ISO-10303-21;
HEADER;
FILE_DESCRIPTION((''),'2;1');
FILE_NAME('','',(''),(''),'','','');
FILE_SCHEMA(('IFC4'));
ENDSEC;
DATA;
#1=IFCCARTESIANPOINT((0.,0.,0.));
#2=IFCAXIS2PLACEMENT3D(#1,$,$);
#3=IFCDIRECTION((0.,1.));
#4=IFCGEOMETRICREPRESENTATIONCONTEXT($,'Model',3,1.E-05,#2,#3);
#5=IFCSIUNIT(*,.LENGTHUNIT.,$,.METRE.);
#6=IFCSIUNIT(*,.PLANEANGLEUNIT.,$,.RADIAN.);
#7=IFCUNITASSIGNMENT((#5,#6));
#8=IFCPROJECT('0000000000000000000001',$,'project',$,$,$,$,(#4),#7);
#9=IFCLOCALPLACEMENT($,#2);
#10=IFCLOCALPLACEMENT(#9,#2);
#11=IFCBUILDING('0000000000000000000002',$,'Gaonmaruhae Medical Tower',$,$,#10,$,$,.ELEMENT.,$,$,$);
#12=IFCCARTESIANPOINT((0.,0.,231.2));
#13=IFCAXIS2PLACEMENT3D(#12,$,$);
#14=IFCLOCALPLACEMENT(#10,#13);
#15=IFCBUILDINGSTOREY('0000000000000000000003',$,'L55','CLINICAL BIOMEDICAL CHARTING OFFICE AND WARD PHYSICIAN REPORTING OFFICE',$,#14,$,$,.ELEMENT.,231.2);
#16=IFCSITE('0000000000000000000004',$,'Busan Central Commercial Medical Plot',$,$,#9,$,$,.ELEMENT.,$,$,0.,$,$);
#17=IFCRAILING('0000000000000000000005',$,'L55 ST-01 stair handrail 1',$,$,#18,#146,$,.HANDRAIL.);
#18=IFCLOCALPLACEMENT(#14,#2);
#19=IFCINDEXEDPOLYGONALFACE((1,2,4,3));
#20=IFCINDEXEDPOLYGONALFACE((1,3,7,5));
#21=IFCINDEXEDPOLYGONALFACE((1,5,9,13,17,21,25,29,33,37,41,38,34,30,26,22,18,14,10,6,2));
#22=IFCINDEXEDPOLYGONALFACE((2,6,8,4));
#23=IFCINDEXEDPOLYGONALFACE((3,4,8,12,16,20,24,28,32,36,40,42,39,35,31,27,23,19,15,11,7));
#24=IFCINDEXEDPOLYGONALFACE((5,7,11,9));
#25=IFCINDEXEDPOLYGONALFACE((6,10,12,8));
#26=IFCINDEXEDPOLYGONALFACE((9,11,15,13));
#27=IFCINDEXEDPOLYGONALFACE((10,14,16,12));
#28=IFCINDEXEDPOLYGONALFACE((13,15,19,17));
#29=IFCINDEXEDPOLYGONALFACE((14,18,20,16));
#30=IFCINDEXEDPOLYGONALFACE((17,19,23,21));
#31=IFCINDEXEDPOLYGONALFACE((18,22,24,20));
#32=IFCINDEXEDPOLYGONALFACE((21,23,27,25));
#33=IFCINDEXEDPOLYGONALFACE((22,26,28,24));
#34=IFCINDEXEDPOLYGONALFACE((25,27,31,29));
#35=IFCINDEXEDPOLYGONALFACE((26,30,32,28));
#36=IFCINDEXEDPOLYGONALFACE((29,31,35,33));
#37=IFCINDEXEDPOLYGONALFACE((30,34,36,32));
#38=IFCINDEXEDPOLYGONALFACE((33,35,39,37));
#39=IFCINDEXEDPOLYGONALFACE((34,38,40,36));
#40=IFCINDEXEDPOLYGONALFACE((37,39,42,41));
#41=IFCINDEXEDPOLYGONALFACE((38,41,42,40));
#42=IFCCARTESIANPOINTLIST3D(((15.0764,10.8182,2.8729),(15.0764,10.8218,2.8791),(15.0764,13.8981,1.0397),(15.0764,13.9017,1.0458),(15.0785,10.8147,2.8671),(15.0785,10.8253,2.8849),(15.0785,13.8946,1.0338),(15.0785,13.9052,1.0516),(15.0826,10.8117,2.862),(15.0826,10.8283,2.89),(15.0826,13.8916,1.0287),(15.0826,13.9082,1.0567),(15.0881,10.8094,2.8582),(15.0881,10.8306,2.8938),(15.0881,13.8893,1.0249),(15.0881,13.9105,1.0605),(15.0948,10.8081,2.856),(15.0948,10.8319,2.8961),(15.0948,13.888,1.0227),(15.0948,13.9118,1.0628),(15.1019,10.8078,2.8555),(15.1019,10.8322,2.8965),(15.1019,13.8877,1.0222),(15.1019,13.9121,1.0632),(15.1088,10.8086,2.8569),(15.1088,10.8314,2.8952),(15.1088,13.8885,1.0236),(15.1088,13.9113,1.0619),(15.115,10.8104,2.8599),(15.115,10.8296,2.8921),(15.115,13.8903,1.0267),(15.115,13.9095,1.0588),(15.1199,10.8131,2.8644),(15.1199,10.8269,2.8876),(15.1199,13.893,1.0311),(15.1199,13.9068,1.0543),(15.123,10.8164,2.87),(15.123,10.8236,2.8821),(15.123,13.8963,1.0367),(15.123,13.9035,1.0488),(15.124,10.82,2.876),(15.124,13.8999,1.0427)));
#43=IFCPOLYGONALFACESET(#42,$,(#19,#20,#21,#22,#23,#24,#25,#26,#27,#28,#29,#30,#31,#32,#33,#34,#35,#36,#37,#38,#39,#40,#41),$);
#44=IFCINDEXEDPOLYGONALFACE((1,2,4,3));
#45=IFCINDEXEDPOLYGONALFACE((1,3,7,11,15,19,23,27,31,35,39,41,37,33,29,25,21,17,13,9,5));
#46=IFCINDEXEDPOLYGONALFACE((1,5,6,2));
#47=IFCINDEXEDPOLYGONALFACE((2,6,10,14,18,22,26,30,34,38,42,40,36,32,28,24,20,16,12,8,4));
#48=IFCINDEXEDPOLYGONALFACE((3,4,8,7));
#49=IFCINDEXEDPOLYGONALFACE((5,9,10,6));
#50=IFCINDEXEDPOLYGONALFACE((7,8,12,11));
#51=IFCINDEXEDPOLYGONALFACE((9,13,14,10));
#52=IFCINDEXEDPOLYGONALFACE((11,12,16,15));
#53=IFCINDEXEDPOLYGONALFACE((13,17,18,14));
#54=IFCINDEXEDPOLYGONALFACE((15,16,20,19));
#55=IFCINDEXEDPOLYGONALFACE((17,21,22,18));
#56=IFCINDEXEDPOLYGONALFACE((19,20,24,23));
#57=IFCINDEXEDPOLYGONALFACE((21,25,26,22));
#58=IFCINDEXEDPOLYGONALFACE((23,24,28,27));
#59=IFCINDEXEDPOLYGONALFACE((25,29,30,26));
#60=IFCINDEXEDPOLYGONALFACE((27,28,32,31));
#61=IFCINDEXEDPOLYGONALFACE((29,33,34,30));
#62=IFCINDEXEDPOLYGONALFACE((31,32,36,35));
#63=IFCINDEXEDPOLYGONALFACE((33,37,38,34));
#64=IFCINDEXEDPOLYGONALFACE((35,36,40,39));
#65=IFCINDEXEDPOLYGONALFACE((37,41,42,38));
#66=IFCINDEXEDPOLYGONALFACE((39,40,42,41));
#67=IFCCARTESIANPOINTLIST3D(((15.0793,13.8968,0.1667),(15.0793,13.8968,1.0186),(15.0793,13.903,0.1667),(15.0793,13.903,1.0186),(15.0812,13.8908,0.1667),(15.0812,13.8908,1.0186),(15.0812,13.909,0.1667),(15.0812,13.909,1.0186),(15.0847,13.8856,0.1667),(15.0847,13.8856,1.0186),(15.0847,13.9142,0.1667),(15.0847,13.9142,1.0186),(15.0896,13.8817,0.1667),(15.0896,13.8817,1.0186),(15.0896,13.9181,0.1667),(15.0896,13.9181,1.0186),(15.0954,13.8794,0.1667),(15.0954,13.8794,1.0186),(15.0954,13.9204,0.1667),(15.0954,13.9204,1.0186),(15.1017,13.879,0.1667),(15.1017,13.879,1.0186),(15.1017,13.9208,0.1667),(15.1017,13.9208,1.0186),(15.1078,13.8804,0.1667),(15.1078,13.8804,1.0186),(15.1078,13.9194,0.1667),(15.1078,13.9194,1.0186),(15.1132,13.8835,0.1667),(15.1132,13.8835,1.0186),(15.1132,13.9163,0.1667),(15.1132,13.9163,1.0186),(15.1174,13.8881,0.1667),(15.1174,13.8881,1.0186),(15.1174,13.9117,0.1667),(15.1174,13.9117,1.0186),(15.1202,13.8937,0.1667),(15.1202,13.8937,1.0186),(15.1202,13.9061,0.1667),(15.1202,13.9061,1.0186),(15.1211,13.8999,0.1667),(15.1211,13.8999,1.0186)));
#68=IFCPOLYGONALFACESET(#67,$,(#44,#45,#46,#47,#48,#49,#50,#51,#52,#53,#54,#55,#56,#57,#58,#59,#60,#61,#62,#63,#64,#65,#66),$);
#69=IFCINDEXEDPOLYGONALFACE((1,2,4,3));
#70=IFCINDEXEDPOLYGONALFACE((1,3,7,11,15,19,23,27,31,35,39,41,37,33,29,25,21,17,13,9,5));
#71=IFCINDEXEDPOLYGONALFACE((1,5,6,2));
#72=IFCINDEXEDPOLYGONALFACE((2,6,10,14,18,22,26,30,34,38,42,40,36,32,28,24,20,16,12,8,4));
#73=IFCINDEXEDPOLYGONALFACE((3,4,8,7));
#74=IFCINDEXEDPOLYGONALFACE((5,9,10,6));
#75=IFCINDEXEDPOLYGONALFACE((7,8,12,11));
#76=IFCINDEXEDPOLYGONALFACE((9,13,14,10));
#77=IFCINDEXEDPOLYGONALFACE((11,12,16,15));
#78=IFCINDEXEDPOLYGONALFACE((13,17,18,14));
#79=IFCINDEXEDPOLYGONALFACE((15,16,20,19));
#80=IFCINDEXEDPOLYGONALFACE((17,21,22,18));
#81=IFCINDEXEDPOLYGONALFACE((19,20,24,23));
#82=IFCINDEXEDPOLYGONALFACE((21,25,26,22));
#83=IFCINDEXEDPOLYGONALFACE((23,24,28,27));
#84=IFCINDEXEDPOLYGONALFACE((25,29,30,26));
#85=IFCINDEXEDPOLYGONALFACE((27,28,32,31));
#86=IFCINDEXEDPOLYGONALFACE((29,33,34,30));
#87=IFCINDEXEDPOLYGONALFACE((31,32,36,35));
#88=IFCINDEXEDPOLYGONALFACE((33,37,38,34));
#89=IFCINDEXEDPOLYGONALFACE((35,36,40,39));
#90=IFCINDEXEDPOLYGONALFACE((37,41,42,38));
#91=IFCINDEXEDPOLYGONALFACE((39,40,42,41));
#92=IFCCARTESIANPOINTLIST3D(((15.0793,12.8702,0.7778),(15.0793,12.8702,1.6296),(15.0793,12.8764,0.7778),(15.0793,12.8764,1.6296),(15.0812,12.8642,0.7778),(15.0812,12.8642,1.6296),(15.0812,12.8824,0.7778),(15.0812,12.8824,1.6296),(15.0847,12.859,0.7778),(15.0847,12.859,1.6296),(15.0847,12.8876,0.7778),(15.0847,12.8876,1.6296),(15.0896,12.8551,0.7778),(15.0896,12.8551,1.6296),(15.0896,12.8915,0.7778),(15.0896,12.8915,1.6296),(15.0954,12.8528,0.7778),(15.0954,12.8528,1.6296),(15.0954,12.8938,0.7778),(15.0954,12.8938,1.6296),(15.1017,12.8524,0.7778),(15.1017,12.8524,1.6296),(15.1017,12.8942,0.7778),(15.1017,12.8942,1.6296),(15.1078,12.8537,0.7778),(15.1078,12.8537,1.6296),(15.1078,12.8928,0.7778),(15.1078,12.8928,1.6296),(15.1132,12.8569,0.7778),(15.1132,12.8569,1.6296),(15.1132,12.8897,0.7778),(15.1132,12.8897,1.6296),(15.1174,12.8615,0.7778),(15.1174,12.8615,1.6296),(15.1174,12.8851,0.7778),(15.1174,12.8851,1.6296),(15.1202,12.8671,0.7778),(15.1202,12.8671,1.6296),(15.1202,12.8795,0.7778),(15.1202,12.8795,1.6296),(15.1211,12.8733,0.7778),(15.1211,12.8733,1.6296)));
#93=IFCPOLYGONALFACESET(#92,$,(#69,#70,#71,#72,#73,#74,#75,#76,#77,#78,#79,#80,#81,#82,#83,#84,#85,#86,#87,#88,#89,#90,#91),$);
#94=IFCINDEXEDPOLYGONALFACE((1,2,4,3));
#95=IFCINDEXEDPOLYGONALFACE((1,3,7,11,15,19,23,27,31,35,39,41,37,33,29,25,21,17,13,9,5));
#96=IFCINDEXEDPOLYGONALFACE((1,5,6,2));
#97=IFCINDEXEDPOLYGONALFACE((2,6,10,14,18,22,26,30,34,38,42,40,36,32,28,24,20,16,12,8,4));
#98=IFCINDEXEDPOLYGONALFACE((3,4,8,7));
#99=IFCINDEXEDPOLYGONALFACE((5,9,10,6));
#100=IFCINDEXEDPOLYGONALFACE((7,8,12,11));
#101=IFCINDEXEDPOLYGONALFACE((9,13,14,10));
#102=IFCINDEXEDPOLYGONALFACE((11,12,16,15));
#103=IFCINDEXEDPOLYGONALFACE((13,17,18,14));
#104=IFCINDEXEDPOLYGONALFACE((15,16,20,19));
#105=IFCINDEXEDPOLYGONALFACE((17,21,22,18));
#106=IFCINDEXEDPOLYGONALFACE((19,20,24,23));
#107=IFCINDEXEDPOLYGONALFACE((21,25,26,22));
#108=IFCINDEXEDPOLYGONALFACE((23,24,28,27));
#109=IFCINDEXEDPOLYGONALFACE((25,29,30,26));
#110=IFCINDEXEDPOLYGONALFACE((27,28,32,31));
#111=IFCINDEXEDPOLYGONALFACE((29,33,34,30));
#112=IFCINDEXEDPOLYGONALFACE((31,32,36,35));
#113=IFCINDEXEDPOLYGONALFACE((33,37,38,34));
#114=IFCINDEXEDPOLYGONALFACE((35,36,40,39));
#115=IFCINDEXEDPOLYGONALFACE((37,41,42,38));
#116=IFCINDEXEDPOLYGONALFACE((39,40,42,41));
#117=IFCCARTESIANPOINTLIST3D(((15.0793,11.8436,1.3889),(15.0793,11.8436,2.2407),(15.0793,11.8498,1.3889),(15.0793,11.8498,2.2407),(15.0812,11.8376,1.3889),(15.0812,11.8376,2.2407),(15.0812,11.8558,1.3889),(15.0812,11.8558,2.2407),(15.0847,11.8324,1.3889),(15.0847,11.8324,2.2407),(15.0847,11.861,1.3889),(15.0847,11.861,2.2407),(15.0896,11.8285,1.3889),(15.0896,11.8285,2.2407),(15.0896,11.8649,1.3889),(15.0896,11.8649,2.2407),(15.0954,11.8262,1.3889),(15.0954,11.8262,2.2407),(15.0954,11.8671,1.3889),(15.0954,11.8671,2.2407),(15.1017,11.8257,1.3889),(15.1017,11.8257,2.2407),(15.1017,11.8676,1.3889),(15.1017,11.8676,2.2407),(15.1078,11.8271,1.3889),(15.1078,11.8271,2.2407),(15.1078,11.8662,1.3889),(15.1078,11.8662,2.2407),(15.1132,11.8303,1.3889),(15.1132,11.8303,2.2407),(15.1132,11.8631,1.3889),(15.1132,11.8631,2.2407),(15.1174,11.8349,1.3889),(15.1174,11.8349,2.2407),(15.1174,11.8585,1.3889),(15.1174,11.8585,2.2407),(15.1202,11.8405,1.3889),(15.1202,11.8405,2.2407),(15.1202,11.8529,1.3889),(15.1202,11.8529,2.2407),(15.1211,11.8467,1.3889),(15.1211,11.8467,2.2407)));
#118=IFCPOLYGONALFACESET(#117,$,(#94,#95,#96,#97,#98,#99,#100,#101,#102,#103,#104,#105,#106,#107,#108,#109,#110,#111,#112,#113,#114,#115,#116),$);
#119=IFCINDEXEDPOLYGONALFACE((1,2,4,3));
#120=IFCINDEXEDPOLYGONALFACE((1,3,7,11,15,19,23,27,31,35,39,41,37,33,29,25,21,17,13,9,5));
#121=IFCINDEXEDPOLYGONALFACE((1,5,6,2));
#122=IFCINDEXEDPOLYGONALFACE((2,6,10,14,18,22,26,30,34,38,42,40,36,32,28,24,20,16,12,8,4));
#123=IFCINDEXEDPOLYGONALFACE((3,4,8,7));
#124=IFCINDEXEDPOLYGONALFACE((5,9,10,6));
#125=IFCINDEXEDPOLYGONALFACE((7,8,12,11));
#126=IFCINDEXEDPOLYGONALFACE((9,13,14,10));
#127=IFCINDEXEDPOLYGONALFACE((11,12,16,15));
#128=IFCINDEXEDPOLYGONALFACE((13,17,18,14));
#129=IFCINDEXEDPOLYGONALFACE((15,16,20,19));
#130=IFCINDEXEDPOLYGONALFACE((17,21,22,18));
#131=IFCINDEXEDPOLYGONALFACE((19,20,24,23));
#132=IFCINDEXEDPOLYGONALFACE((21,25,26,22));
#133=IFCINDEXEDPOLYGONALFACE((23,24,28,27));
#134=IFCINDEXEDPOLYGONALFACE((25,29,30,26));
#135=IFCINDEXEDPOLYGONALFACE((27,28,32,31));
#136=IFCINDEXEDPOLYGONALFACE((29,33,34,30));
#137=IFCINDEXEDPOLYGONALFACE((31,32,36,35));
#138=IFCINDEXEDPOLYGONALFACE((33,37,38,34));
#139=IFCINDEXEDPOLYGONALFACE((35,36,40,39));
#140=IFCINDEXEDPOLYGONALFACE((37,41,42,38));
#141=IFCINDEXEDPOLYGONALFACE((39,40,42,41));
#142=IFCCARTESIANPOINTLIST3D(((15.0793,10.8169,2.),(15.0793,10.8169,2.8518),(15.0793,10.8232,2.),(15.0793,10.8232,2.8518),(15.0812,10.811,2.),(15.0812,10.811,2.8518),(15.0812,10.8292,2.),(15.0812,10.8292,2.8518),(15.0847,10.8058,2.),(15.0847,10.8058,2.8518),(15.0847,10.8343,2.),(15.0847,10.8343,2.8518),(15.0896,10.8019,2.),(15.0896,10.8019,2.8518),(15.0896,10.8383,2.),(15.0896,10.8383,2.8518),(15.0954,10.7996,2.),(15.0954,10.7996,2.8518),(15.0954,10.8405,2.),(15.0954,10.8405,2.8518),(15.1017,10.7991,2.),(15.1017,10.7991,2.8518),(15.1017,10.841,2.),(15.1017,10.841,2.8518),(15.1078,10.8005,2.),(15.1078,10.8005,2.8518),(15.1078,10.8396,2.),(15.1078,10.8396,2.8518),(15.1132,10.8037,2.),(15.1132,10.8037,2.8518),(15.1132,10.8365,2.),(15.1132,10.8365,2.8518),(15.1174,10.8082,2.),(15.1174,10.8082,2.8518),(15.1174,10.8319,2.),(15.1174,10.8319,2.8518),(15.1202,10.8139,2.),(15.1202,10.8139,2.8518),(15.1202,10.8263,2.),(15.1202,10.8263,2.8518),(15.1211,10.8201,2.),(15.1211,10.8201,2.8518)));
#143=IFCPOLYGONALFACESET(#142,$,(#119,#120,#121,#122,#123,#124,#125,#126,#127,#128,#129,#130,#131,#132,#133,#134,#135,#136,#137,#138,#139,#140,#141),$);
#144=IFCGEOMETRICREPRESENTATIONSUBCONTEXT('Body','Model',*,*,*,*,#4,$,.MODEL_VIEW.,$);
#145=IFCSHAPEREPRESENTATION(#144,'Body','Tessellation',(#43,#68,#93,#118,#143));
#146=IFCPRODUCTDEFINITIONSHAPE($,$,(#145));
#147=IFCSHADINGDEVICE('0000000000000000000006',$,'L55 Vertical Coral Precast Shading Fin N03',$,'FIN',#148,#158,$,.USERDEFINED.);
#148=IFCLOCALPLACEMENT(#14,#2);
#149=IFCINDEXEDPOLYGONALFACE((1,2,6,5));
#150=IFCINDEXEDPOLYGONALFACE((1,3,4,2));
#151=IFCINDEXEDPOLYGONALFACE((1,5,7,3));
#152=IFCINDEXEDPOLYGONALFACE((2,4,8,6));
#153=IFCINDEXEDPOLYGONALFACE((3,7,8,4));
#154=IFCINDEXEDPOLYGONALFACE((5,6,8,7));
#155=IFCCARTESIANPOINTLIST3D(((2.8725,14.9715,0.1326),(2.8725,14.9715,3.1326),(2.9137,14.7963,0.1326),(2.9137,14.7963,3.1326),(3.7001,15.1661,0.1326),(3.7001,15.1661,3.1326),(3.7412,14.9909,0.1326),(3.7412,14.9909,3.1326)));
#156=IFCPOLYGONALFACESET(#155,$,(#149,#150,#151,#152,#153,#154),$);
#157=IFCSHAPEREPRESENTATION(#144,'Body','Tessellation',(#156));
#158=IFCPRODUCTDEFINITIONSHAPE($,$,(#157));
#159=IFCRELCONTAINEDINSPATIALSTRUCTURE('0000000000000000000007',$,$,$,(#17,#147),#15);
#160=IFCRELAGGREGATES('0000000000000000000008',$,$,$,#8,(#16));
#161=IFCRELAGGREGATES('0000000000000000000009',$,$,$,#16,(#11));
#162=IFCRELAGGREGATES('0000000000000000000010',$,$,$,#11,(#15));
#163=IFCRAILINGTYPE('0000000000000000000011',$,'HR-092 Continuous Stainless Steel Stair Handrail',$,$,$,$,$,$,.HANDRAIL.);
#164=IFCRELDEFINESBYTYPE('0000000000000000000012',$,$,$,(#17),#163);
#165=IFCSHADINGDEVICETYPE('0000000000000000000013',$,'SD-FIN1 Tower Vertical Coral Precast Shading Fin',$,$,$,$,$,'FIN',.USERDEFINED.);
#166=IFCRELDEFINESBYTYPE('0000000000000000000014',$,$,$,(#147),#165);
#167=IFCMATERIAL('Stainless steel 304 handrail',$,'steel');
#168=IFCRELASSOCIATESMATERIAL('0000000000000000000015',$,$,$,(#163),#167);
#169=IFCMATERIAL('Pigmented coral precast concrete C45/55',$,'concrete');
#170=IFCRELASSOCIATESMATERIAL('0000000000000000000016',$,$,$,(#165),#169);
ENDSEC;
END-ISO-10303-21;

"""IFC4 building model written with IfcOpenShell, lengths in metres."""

from ifc_helpers import new_model, si_unit, direction, frame, origin, origin_2d, place, context, subcontext, project, spatial, rectangle, circle, extrude, material, type_object, element, save


model = new_model("IFC4")

# Units and contexts
model_context = context("Model", 3, precision=1e-05, world=origin(), true_north=direction((0.0, 1.0)))
body_context = subcontext(model_context, "Body", "Model", "MODEL_VIEW")
ifc_project = project(units=[si_unit("LENGTHUNIT", "METRE"), si_unit("PLANEANGLEUNIT", "RADIAN")], contexts=[model_context])

# Site, building, storey
site_placement = place(None, origin())
site = spatial("IfcSite", under=ifc_project, at=site_placement, Name="Busan Central Commercial Medical Plot", CompositionType="ELEMENT", RefElevation=0.0)
building_placement = place(site_placement, origin())
building = spatial("IfcBuilding", under=site, at=building_placement, Name="Gaonmaruhae Medical Tower", CompositionType="ELEMENT")
storey_placement = place(building_placement, frame((0.0, 0.0, 231.2)))
storey = spatial("IfcBuildingStorey", under=building, at=storey_placement, Name="L55", Description="CLINICAL BIOMEDICAL CHARTING OFFICE AND WARD PHYSICIAN REPORTING OFFICE", CompositionType="ELEMENT", Elevation=231.2)

# Railing
ifc_material_1 = material(Name="Stainless steel 304 handrail", Category="steel")
railing_type = type_object("IfcRailingType", Name="HR-092 Continuous Stainless Steel Stair Handrail", PredefinedType="HANDRAIL", material=ifc_material_1)
railing_placement = place(storey_placement, frame((15.1001, 13.8999, 0.1667)))
element("IfcRailing", 1, at=railing_placement, inside=storey, type_object=railing_type, Name="L55 ST-01 stair handrail 1", PredefinedType="HANDRAIL", context=body_context, shape_type="SweptSolid", body=[
    extrude(circle(Radius=0.0239, at=origin_2d()), frame((0.0, 0.0, 0.876), z_axis=(0.0, -0.859291, 0.511487), x_axis=(1.0, 0.0, 0.0)), (0.0, 0.0, 1.0), 3.5842),
    extrude(circle(Radius=0.021, at=origin_2d()), origin(), (0.0, 0.0, 1.0), 0.8518),
    extrude(circle(Radius=0.021, at=origin_2d()), frame((0.0, -1.0266, 0.6111)), (0.0, 0.0, 1.0), 0.8518),
    extrude(circle(Radius=0.021, at=origin_2d()), frame((0.0, -2.0532, 1.2222)), (0.0, 0.0, 1.0), 0.8518),
    extrude(circle(Radius=0.021, at=origin_2d()), frame((0.0, -3.0798, 1.8333)), (0.0, 0.0, 1.0), 0.8518),
])

# Shading device
ifc_material_2 = material(Name="Pigmented coral precast concrete C45/55", Category="concrete")
shading_device_type = type_object("IfcShadingDeviceType", Name="SD-FIN1 Tower Vertical Coral Precast Shading Fin", ElementType="FIN", PredefinedType="USERDEFINED", material=ifc_material_2)
shading_device_placement = place(storey_placement, frame((3.3069, 14.9812, 0.1326), z_axis=(0.0, 0.0, 1.0), x_axis=(-0.228895, 0.973451, 0.0)))
element("IfcShadingDevice", 2, at=shading_device_placement, inside=storey, type_object=shading_device_type, Name="L55 Vertical Coral Precast Shading Fin N03", ObjectType="FIN", PredefinedType="USERDEFINED", context=body_context, shape_type="SweptSolid", body=[
    extrude(rectangle(XDim=0.1799, YDim=0.8501, at=origin_2d()), origin(), (0.0, 0.0, 1.0), 3.0),
])

save(model, "model.ifc")
